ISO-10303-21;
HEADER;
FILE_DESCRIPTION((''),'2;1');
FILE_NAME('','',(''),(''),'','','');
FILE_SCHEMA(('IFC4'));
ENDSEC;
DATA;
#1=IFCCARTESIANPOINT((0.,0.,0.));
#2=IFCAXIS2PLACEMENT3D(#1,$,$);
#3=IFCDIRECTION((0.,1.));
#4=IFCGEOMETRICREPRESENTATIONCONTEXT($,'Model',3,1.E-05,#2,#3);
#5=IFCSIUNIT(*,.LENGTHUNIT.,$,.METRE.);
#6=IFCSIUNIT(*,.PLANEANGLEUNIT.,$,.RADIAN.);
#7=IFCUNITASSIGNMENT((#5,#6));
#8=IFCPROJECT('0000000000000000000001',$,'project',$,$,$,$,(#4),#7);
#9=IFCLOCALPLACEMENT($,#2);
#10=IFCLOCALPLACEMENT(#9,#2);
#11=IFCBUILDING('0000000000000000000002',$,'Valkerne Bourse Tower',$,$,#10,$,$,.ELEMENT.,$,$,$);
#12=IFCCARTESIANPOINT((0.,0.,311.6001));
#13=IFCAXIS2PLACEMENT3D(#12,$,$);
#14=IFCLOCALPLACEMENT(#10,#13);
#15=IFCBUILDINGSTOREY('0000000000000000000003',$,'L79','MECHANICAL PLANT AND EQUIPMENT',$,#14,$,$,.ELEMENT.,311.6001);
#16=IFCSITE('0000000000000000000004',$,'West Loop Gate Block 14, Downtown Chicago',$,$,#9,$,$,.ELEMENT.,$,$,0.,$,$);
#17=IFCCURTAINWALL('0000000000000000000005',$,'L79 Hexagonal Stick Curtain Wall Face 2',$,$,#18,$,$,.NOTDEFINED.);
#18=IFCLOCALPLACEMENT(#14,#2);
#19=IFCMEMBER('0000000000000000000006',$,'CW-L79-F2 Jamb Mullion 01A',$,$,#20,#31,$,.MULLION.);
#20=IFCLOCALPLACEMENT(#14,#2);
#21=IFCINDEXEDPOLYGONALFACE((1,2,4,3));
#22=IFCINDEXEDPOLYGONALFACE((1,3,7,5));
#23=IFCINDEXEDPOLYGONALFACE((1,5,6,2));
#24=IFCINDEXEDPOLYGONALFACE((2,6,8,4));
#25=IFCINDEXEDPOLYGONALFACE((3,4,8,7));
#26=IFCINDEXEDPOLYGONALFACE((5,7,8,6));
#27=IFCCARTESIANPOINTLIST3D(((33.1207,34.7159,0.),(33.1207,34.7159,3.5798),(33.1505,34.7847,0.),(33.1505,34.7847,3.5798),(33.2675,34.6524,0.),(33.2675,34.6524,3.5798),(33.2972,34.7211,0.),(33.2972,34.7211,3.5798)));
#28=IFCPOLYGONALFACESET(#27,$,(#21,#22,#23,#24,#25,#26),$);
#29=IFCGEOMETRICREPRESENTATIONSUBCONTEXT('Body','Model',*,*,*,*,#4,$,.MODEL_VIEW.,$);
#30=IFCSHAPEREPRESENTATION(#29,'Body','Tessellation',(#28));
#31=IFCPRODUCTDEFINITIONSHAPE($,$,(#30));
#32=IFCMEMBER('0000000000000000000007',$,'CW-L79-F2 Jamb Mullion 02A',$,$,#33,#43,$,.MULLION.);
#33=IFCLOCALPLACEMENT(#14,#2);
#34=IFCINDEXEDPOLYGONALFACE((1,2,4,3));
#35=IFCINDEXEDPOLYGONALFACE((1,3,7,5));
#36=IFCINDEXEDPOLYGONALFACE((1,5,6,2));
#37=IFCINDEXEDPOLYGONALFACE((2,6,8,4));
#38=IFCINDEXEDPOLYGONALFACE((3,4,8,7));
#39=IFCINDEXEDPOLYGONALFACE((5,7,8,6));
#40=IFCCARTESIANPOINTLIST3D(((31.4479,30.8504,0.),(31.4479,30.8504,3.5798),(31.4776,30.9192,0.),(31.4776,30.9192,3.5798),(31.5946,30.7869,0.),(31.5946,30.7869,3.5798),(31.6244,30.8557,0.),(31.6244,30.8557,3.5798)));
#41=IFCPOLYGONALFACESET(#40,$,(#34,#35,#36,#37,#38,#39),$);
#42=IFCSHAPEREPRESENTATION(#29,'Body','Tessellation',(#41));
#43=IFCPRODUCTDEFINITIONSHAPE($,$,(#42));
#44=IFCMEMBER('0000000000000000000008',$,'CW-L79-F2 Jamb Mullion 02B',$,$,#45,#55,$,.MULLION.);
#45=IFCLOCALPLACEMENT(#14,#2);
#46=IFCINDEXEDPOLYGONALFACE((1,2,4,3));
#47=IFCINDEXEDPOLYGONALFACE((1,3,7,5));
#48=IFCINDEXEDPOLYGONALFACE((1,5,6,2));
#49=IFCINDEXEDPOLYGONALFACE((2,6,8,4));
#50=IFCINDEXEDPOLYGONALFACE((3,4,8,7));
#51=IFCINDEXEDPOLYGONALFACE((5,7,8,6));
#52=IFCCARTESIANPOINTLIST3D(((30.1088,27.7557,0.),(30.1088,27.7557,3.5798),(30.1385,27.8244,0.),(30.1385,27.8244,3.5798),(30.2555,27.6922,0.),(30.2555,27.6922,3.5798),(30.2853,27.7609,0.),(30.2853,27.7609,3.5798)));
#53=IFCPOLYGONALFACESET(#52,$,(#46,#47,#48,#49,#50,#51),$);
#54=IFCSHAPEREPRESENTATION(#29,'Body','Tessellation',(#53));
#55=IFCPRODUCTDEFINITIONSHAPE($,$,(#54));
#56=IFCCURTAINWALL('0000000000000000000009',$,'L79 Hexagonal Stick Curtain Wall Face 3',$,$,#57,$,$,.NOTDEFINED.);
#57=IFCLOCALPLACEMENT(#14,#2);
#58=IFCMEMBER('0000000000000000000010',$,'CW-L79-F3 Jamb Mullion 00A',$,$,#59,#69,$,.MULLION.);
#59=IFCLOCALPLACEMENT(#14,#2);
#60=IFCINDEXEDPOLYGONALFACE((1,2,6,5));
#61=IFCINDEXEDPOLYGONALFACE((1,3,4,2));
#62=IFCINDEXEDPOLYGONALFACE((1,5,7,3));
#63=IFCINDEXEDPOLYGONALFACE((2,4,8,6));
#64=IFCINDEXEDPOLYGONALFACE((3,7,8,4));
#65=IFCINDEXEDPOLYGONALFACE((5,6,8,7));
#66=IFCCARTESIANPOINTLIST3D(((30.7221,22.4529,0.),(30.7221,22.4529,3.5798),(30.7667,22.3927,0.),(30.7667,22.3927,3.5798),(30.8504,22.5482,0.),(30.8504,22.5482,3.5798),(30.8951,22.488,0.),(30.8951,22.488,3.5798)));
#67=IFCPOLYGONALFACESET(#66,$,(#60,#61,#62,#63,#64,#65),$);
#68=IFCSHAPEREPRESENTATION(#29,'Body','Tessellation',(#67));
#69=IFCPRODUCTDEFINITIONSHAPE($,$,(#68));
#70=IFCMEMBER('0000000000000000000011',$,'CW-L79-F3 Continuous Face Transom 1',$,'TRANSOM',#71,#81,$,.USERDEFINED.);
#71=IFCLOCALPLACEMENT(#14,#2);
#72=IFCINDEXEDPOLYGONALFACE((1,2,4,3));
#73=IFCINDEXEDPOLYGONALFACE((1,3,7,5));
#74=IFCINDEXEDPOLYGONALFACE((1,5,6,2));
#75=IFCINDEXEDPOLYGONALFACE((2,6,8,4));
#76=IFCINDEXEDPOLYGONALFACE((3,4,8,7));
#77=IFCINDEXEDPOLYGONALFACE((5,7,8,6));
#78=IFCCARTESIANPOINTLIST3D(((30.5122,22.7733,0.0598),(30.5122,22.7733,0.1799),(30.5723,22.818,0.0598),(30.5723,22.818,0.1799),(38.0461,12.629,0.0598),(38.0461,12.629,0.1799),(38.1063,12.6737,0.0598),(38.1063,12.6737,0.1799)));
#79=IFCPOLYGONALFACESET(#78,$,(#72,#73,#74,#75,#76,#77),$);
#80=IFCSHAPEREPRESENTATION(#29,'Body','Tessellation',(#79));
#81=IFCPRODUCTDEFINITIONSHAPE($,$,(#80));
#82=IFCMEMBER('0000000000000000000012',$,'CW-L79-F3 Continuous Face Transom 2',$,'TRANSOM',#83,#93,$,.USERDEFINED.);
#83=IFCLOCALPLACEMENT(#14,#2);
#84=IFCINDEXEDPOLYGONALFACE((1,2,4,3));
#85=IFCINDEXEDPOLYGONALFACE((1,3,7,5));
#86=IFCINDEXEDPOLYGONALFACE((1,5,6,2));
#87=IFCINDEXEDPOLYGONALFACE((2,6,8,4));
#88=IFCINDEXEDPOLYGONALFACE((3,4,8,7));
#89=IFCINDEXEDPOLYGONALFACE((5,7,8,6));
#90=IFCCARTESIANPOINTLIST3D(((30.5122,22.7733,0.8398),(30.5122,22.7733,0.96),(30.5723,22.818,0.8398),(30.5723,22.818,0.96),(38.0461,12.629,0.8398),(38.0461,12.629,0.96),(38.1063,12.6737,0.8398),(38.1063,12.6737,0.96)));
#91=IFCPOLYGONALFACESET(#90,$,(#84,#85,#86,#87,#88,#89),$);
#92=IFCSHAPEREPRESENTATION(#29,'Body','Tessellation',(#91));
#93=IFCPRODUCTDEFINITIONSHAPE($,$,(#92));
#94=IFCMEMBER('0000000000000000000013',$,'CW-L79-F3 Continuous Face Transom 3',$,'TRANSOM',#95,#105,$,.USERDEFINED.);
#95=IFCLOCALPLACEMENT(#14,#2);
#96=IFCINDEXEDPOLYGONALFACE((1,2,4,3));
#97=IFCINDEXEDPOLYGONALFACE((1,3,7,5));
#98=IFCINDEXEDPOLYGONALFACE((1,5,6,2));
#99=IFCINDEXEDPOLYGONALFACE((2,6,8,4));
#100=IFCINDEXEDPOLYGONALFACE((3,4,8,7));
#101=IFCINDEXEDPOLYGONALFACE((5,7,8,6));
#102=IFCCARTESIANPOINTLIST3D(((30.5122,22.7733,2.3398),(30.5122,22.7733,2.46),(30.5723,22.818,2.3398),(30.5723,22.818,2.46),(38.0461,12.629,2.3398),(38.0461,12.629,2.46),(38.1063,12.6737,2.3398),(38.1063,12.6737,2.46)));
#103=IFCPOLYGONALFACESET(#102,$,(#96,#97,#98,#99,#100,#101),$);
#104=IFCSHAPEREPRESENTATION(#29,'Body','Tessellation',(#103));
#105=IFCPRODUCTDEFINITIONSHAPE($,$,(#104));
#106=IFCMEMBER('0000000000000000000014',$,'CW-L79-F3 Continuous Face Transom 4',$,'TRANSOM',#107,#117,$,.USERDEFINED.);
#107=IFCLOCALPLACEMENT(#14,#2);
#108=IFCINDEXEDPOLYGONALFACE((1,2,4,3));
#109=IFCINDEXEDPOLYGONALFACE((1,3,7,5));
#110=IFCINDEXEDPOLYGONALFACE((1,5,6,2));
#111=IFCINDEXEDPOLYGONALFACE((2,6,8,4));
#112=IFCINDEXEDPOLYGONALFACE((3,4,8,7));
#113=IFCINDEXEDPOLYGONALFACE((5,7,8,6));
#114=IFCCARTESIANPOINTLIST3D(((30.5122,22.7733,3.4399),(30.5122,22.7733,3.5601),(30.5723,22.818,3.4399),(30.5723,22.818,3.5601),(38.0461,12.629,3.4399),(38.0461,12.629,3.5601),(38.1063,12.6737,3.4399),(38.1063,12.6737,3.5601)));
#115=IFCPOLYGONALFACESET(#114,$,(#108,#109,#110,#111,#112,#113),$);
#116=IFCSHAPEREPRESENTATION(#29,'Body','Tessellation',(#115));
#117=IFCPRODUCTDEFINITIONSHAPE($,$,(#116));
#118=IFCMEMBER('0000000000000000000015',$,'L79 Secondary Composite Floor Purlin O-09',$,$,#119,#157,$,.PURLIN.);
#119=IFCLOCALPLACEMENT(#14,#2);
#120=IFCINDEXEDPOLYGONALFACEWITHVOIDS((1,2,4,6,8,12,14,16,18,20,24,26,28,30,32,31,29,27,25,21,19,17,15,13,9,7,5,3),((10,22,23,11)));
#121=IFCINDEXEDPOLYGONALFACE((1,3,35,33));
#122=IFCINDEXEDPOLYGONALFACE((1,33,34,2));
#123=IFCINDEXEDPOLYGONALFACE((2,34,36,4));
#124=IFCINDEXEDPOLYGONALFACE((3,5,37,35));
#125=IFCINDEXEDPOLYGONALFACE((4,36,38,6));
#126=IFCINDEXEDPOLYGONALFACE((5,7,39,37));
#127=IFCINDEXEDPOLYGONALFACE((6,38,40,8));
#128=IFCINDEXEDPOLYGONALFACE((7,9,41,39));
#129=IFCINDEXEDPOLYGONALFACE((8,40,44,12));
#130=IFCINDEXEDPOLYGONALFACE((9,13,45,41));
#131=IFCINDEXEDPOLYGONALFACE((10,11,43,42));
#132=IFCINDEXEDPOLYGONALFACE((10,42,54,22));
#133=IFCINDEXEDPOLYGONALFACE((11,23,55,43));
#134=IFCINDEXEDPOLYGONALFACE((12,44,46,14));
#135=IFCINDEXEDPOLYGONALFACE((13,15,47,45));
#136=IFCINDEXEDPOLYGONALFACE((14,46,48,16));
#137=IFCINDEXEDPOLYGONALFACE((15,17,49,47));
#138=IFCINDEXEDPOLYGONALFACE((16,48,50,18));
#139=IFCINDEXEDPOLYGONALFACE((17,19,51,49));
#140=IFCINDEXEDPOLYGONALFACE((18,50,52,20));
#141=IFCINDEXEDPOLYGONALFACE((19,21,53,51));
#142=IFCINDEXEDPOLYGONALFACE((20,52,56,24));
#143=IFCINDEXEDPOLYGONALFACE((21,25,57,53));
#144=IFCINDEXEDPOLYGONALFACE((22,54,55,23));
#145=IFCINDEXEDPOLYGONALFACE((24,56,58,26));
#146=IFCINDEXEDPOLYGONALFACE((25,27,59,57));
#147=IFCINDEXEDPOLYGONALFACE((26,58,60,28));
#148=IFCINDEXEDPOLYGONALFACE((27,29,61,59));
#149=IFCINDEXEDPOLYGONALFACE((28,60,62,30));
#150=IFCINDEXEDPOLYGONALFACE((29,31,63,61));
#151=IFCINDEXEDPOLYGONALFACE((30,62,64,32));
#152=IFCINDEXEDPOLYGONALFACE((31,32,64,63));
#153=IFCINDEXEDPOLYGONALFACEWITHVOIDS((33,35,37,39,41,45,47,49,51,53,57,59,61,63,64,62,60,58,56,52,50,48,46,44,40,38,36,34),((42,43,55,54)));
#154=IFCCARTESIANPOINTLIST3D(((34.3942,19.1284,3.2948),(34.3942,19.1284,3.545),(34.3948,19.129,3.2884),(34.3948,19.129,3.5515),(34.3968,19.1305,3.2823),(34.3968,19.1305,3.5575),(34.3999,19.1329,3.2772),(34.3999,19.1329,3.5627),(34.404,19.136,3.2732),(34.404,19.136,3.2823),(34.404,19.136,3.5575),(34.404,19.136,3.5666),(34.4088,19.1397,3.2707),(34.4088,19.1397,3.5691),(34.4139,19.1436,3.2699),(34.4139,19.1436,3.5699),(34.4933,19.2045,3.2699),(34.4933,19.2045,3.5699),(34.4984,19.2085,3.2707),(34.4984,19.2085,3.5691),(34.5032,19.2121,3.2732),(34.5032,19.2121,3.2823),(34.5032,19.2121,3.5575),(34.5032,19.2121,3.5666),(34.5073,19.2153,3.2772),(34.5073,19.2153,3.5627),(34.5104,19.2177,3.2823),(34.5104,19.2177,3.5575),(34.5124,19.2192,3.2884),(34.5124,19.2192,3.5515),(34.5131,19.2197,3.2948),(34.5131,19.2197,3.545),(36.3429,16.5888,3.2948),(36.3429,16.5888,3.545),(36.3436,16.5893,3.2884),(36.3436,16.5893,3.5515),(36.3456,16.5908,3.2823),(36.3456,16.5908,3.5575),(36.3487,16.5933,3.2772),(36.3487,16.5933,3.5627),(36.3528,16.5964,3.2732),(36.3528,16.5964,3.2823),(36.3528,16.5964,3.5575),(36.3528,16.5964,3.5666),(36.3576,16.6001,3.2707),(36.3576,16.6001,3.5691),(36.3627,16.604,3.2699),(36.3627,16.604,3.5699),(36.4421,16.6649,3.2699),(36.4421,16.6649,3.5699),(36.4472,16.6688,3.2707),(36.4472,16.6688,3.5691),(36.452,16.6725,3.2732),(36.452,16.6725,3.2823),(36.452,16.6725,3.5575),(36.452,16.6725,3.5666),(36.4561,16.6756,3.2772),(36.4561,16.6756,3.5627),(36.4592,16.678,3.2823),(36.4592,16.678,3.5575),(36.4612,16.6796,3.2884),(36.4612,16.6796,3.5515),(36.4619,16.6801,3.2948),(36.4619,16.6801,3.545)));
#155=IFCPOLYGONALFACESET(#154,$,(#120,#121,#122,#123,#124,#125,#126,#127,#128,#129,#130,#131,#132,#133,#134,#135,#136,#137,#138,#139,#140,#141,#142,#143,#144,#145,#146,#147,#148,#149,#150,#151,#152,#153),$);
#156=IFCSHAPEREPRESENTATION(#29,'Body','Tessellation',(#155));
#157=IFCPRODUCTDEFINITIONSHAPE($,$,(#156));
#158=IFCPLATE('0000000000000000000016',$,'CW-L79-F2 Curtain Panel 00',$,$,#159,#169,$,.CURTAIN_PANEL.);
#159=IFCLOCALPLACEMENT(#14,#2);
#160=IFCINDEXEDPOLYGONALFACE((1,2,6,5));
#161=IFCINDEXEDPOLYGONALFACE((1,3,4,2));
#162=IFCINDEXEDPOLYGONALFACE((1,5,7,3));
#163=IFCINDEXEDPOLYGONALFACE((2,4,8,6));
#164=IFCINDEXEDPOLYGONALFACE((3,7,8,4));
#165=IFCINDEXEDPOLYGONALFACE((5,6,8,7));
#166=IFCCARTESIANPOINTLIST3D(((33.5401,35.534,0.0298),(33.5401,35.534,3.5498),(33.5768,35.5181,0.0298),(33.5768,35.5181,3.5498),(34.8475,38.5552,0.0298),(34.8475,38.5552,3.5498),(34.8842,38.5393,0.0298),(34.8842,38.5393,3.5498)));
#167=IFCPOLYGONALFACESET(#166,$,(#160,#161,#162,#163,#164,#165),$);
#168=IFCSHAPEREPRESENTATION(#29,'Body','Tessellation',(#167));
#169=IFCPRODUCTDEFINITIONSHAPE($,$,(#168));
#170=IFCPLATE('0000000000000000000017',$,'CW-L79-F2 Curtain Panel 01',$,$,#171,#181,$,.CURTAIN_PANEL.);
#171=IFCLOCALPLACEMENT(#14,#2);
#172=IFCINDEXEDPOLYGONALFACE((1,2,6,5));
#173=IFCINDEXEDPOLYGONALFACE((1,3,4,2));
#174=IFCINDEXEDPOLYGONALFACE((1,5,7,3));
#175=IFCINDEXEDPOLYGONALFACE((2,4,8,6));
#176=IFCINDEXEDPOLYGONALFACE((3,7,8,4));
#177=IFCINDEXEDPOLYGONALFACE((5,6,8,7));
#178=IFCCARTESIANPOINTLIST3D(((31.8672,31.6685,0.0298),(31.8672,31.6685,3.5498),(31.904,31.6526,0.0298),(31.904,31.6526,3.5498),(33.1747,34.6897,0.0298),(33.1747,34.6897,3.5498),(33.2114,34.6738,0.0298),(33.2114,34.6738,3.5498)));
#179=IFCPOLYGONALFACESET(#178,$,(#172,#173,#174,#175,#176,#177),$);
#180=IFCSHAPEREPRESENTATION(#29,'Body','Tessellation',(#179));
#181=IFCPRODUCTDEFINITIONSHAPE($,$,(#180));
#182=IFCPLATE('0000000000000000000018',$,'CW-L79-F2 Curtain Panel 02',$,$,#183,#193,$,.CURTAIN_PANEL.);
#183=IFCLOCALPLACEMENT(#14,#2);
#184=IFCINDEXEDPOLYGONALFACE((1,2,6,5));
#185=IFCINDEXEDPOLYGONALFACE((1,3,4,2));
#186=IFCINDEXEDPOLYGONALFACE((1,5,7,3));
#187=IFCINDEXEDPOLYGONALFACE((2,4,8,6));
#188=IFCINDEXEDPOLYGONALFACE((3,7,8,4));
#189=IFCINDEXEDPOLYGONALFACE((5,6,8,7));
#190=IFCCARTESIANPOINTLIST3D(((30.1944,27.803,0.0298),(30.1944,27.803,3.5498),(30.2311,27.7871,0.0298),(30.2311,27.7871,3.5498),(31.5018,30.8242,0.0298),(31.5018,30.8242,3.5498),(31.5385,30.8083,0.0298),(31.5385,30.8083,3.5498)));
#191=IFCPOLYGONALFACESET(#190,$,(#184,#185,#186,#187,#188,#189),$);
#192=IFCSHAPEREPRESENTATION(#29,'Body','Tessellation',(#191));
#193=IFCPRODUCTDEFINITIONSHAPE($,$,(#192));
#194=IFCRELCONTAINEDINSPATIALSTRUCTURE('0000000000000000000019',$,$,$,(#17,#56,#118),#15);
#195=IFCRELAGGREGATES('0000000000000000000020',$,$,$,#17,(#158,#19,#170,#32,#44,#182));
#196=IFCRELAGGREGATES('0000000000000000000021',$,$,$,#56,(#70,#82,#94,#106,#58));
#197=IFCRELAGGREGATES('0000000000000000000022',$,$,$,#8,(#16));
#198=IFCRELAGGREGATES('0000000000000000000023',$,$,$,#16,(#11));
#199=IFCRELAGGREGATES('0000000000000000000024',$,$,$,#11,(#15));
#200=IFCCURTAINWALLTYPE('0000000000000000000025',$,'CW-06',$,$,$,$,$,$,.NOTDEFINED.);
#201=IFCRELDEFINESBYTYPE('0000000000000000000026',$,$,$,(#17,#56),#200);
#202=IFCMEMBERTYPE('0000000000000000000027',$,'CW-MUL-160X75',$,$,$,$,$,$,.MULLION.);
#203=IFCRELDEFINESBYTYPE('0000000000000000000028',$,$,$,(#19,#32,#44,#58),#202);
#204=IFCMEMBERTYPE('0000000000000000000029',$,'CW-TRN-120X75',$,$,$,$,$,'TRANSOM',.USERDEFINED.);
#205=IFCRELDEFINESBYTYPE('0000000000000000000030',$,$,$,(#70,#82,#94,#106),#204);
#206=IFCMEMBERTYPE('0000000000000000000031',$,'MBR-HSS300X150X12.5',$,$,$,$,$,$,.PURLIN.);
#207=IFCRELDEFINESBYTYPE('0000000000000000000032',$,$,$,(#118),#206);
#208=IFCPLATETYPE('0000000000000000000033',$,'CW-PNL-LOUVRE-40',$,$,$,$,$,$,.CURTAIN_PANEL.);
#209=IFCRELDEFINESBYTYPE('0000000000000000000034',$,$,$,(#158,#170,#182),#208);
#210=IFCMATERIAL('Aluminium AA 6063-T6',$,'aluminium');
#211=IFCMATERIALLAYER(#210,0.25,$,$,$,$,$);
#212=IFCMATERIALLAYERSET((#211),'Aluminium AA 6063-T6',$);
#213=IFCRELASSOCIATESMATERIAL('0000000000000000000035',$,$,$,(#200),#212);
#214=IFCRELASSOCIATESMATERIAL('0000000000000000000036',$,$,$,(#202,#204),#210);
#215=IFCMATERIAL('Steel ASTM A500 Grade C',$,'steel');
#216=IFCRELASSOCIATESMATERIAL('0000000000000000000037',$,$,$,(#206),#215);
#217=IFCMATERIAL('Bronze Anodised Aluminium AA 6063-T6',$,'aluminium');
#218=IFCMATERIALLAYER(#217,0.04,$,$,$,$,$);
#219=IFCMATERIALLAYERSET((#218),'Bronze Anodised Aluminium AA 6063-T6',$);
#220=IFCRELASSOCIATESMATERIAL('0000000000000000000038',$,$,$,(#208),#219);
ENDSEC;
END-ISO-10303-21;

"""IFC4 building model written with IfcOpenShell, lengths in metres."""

from ifc_helpers import new_model, si_unit, direction, frame, origin, origin_2d, place, context, subcontext, project, spatial, rectangle, hollow_rectangle, extrude, material, layer, layer_set, material_profile, profile_set, type_object, element, aggregate, save


model = new_model("IFC4")

# Units and contexts
model_context = context("Model", 3, precision=1e-05, world=origin(), true_north=direction((0.0, 1.0)))
body_context = subcontext(model_context, "Body", "Model", "MODEL_VIEW")
ifc_project = project(units=[si_unit("LENGTHUNIT", "METRE"), si_unit("PLANEANGLEUNIT", "RADIAN")], contexts=[model_context])

# Site, building, storey
site_placement = place(None, origin())
site = spatial("IfcSite", under=ifc_project, at=site_placement, Name="West Loop Gate Block 14, Downtown Chicago", CompositionType="ELEMENT", RefElevation=0.0)
building_placement = place(site_placement, origin())
building = spatial("IfcBuilding", under=site, at=building_placement, Name="Valkerne Bourse Tower", CompositionType="ELEMENT")
storey_placement = place(building_placement, frame((0.0, 0.0, 311.6001)))
storey = spatial("IfcBuildingStorey", under=building, at=storey_placement, Name="L79", Description="MECHANICAL PLANT AND EQUIPMENT", CompositionType="ELEMENT", Elevation=311.6001)

# Shared definitions
ifc_material_1 = material(Name="Steel ASTM A500 Grade C", Category="steel")

# Curtain walls, members
ifc_material_2 = material(Name="Aluminium AA 6063-T6", Category="aluminium")
ifc_layer_1 = layer(ifc_material_2, 0.25)
ifc_layer_set_1 = layer_set([ifc_layer_1], Name="Aluminium AA 6063-T6")
curtain_wall_type = type_object("IfcCurtainWallType", Name="CW-06", PredefinedType="NOTDEFINED", material=ifc_layer_set_1)
curtain_wall_1_placement = place(storey_placement, origin())
curtain_wall_1 = element("IfcCurtainWall", 1, at=curtain_wall_1_placement, inside=storey, type_object=curtain_wall_type, Name="L79 Hexagonal Stick Curtain Wall Face 2", PredefinedType="NOTDEFINED")
ifc_material_profile_1 = material_profile(ifc_material_2, rectangle(XDim=0.075, YDim=0.1599, at=origin_2d()), Name="CWM-75X160")
ifc_profile_set_1 = profile_set([ifc_material_profile_1], Name="Aluminium AA 6063-T6")
member_type_1 = type_object("IfcMemberType", Name="CW-MUL-160X75", PredefinedType="MULLION", material=ifc_profile_set_1)
member_1_placement = place(storey_placement, frame((33.209, 34.7185, 0.0), z_axis=(0.0, 0.0, 1.0), x_axis=(-0.397158, -0.91775, 0.0)))
member_1 = element("IfcMember", 2, at=member_1_placement, type_object=member_type_1, Name="CW-L79-F2 Jamb Mullion 01A", PredefinedType="MULLION", context=body_context, shape_type="SweptSolid", body=[
    extrude(rectangle(XDim=0.075, YDim=0.1599, at=origin_2d()), origin(), (0.0, 0.0, 1.0), 3.5798),
])
member_2_placement = place(storey_placement, frame((31.5361, 30.853, 0.0), z_axis=(0.0, 0.0, 1.0), x_axis=(-0.397149, -0.917754, 0.0)))
member_2 = element("IfcMember", 3, at=member_2_placement, type_object=member_type_1, Name="CW-L79-F2 Jamb Mullion 02A", PredefinedType="MULLION", context=body_context, shape_type="SweptSolid", body=[
    extrude(rectangle(XDim=0.075, YDim=0.1599, at=origin_2d()), origin(), (0.0, 0.0, 1.0), 3.5798),
])
member_3_placement = place(storey_placement, frame((30.197, 27.7583, 0.0), z_axis=(0.0, 0.0, 1.0), x_axis=(-0.397149, -0.917754, 0.0)))
member_3 = element("IfcMember", 4, at=member_3_placement, type_object=member_type_1, Name="CW-L79-F2 Jamb Mullion 02B", PredefinedType="MULLION", context=body_context, shape_type="SweptSolid", body=[
    extrude(rectangle(XDim=0.075, YDim=0.1599, at=origin_2d()), origin(), (0.0, 0.0, 1.0), 3.5798),
])
curtain_wall_2_placement = place(storey_placement, origin())
curtain_wall_2 = element("IfcCurtainWall", 5, at=curtain_wall_2_placement, inside=storey, type_object=curtain_wall_type, Name="L79 Hexagonal Stick Curtain Wall Face 3", PredefinedType="NOTDEFINED")
member_4_placement = place(storey_placement, frame((30.8086, 22.4705, 0.0), z_axis=(0.0, 0.0, 1.0), x_axis=(0.596233, -0.802812, 0.0)))
member_4 = element("IfcMember", 6, at=member_4_placement, type_object=member_type_1, Name="CW-L79-F3 Jamb Mullion 00A", PredefinedType="MULLION", context=body_context, shape_type="SweptSolid", body=[
    extrude(rectangle(XDim=0.075, YDim=0.1599, at=origin_2d()), origin(), (0.0, 0.0, 1.0), 3.5798),
])
ifc_material_profile_2 = material_profile(ifc_material_2, rectangle(XDim=0.075, YDim=0.1201, at=origin_2d()), Name="CWT-75X120")
ifc_profile_set_2 = profile_set([ifc_material_profile_2], Name="Aluminium AA 6063-T6")
member_type_2 = type_object("IfcMemberType", Name="CW-TRN-120X75", ElementType="TRANSOM", PredefinedType="USERDEFINED", material=ifc_profile_set_2)
member_5_placement = place(storey_placement, frame((30.5422, 22.7957, 0.1199), z_axis=(0.596231, -0.802813, 0.0), x_axis=(0.802813, 0.596231, 0.0)))
member_5 = element("IfcMember", 7, at=member_5_placement, type_object=member_type_2, Name="CW-L79-F3 Continuous Face Transom 1", ObjectType="TRANSOM", PredefinedType="USERDEFINED", context=body_context, shape_type="SweptSolid", body=[
    extrude(rectangle(XDim=0.075, YDim=0.1201, at=origin_2d()), origin(), (0.0, 0.0, 1.0), 12.636),
])
member_6_placement = place(storey_placement, frame((30.5422, 22.7957, 0.8999), z_axis=(0.596231, -0.802813, 0.0), x_axis=(0.802813, 0.596231, 0.0)))
member_6 = element("IfcMember", 8, at=member_6_placement, type_object=member_type_2, Name="CW-L79-F3 Continuous Face Transom 2", ObjectType="TRANSOM", PredefinedType="USERDEFINED", context=body_context, shape_type="SweptSolid", body=[
    extrude(rectangle(XDim=0.075, YDim=0.1201, at=origin_2d()), origin(), (0.0, 0.0, 1.0), 12.636),
])
member_7_placement = place(storey_placement, frame((30.5422, 22.7957, 2.3999), z_axis=(0.596231, -0.802813, 0.0), x_axis=(0.802813, 0.596231, 0.0)))
member_7 = element("IfcMember", 9, at=member_7_placement, type_object=member_type_2, Name="CW-L79-F3 Continuous Face Transom 3", ObjectType="TRANSOM", PredefinedType="USERDEFINED", context=body_context, shape_type="SweptSolid", body=[
    extrude(rectangle(XDim=0.075, YDim=0.1201, at=origin_2d()), origin(), (0.0, 0.0, 1.0), 12.636),
])
member_8_placement = place(storey_placement, frame((30.5422, 22.7957, 3.5), z_axis=(0.596231, -0.802813, 0.0), x_axis=(0.802813, 0.596231, 0.0)))
member_8 = element("IfcMember", 10, at=member_8_placement, type_object=member_type_2, Name="CW-L79-F3 Continuous Face Transom 4", ObjectType="TRANSOM", PredefinedType="USERDEFINED", context=body_context, shape_type="SweptSolid", body=[
    extrude(rectangle(XDim=0.075, YDim=0.1201, at=origin_2d()), origin(), (0.0, 0.0, 1.0), 12.636),
])

# Member
ifc_material_profile_3 = material_profile(ifc_material_1, hollow_rectangle(XDim=0.1499, YDim=0.3, WallThickness=0.0125, OuterFilletRadius=0.0249, at=origin_2d()), Name="HSS300X150X12.5")
ifc_profile_set_3 = profile_set([ifc_material_profile_3], Name="Steel ASTM A500 Grade C")
member_type_3 = type_object("IfcMemberType", Name="MBR-HSS300X150X12.5", PredefinedType="PURLIN", material=ifc_profile_set_3)
member_9_placement = place(storey_placement, frame((34.4536, 19.1741, 3.4199), z_axis=(0.608774, -0.793344, 0.0), x_axis=(0.793344, 0.608774, 0.0)))
element("IfcMember", 11, at=member_9_placement, inside=storey, type_object=member_type_3, Name="L79 Secondary Composite Floor Purlin O-09", PredefinedType="PURLIN", context=body_context, shape_type="SweptSolid", body=[
    extrude(hollow_rectangle(XDim=0.1499, YDim=0.3, WallThickness=0.0125, OuterFilletRadius=0.0249, at=origin_2d()), origin(), (0.0, 0.0, 1.0), 3.2012),
])

# Plates
ifc_material_3 = material(Name="Bronze Anodised Aluminium AA 6063-T6", Category="aluminium")
ifc_layer_2 = layer(ifc_material_3, 0.04)
ifc_layer_set_2 = layer_set([ifc_layer_2], Name="Bronze Anodised Aluminium AA 6063-T6")
plate_type = type_object("IfcPlateType", Name="CW-PNL-LOUVRE-40", PredefinedType="CURTAIN_PANEL", material=ifc_layer_set_2)
plate_1_placement = place(storey_placement, frame((34.2122, 37.0366, 0.0298), z_axis=(0.0, 0.0, 1.0), x_axis=(-0.397149, -0.917754, 0.0)))
plate_1 = element("IfcPlate", 12, at=plate_1_placement, type_object=plate_type, Name="CW-L79-F2 Curtain Panel 00", PredefinedType="CURTAIN_PANEL", context=body_context, shape_type="SweptSolid", body=[
    extrude(rectangle(XDim=3.292, YDim=0.04, at=origin_2d()), origin(), (0.0, 0.0, 1.0), 3.52),
])
plate_2_placement = place(storey_placement, frame((32.5393, 33.1711, 0.0298), z_axis=(0.0, 0.0, 1.0), x_axis=(-0.397158, -0.91775, 0.0)))
plate_2 = element("IfcPlate", 13, at=plate_2_placement, type_object=plate_type, Name="CW-L79-F2 Curtain Panel 01", PredefinedType="CURTAIN_PANEL", context=body_context, shape_type="SweptSolid", body=[
    extrude(rectangle(XDim=3.292, YDim=0.04, at=origin_2d()), origin(), (0.0, 0.0, 1.0), 3.52),
])
plate_3_placement = place(storey_placement, frame((30.8665, 29.3057, 0.0298), z_axis=(0.0, 0.0, 1.0), x_axis=(-0.397149, -0.917754, 0.0)))
plate_3 = element("IfcPlate", 14, at=plate_3_placement, type_object=plate_type, Name="CW-L79-F2 Curtain Panel 02", PredefinedType="CURTAIN_PANEL", context=body_context, shape_type="SweptSolid", body=[
    extrude(rectangle(XDim=3.292, YDim=0.04, at=origin_2d()), origin(), (0.0, 0.0, 1.0), 3.52),
])
aggregate(curtain_wall_1, [plate_1, member_1, plate_2, member_2, member_3, plate_3])
aggregate(curtain_wall_2, [member_5, member_6, member_7, member_8, member_4])

save(model, "model.ifc")
